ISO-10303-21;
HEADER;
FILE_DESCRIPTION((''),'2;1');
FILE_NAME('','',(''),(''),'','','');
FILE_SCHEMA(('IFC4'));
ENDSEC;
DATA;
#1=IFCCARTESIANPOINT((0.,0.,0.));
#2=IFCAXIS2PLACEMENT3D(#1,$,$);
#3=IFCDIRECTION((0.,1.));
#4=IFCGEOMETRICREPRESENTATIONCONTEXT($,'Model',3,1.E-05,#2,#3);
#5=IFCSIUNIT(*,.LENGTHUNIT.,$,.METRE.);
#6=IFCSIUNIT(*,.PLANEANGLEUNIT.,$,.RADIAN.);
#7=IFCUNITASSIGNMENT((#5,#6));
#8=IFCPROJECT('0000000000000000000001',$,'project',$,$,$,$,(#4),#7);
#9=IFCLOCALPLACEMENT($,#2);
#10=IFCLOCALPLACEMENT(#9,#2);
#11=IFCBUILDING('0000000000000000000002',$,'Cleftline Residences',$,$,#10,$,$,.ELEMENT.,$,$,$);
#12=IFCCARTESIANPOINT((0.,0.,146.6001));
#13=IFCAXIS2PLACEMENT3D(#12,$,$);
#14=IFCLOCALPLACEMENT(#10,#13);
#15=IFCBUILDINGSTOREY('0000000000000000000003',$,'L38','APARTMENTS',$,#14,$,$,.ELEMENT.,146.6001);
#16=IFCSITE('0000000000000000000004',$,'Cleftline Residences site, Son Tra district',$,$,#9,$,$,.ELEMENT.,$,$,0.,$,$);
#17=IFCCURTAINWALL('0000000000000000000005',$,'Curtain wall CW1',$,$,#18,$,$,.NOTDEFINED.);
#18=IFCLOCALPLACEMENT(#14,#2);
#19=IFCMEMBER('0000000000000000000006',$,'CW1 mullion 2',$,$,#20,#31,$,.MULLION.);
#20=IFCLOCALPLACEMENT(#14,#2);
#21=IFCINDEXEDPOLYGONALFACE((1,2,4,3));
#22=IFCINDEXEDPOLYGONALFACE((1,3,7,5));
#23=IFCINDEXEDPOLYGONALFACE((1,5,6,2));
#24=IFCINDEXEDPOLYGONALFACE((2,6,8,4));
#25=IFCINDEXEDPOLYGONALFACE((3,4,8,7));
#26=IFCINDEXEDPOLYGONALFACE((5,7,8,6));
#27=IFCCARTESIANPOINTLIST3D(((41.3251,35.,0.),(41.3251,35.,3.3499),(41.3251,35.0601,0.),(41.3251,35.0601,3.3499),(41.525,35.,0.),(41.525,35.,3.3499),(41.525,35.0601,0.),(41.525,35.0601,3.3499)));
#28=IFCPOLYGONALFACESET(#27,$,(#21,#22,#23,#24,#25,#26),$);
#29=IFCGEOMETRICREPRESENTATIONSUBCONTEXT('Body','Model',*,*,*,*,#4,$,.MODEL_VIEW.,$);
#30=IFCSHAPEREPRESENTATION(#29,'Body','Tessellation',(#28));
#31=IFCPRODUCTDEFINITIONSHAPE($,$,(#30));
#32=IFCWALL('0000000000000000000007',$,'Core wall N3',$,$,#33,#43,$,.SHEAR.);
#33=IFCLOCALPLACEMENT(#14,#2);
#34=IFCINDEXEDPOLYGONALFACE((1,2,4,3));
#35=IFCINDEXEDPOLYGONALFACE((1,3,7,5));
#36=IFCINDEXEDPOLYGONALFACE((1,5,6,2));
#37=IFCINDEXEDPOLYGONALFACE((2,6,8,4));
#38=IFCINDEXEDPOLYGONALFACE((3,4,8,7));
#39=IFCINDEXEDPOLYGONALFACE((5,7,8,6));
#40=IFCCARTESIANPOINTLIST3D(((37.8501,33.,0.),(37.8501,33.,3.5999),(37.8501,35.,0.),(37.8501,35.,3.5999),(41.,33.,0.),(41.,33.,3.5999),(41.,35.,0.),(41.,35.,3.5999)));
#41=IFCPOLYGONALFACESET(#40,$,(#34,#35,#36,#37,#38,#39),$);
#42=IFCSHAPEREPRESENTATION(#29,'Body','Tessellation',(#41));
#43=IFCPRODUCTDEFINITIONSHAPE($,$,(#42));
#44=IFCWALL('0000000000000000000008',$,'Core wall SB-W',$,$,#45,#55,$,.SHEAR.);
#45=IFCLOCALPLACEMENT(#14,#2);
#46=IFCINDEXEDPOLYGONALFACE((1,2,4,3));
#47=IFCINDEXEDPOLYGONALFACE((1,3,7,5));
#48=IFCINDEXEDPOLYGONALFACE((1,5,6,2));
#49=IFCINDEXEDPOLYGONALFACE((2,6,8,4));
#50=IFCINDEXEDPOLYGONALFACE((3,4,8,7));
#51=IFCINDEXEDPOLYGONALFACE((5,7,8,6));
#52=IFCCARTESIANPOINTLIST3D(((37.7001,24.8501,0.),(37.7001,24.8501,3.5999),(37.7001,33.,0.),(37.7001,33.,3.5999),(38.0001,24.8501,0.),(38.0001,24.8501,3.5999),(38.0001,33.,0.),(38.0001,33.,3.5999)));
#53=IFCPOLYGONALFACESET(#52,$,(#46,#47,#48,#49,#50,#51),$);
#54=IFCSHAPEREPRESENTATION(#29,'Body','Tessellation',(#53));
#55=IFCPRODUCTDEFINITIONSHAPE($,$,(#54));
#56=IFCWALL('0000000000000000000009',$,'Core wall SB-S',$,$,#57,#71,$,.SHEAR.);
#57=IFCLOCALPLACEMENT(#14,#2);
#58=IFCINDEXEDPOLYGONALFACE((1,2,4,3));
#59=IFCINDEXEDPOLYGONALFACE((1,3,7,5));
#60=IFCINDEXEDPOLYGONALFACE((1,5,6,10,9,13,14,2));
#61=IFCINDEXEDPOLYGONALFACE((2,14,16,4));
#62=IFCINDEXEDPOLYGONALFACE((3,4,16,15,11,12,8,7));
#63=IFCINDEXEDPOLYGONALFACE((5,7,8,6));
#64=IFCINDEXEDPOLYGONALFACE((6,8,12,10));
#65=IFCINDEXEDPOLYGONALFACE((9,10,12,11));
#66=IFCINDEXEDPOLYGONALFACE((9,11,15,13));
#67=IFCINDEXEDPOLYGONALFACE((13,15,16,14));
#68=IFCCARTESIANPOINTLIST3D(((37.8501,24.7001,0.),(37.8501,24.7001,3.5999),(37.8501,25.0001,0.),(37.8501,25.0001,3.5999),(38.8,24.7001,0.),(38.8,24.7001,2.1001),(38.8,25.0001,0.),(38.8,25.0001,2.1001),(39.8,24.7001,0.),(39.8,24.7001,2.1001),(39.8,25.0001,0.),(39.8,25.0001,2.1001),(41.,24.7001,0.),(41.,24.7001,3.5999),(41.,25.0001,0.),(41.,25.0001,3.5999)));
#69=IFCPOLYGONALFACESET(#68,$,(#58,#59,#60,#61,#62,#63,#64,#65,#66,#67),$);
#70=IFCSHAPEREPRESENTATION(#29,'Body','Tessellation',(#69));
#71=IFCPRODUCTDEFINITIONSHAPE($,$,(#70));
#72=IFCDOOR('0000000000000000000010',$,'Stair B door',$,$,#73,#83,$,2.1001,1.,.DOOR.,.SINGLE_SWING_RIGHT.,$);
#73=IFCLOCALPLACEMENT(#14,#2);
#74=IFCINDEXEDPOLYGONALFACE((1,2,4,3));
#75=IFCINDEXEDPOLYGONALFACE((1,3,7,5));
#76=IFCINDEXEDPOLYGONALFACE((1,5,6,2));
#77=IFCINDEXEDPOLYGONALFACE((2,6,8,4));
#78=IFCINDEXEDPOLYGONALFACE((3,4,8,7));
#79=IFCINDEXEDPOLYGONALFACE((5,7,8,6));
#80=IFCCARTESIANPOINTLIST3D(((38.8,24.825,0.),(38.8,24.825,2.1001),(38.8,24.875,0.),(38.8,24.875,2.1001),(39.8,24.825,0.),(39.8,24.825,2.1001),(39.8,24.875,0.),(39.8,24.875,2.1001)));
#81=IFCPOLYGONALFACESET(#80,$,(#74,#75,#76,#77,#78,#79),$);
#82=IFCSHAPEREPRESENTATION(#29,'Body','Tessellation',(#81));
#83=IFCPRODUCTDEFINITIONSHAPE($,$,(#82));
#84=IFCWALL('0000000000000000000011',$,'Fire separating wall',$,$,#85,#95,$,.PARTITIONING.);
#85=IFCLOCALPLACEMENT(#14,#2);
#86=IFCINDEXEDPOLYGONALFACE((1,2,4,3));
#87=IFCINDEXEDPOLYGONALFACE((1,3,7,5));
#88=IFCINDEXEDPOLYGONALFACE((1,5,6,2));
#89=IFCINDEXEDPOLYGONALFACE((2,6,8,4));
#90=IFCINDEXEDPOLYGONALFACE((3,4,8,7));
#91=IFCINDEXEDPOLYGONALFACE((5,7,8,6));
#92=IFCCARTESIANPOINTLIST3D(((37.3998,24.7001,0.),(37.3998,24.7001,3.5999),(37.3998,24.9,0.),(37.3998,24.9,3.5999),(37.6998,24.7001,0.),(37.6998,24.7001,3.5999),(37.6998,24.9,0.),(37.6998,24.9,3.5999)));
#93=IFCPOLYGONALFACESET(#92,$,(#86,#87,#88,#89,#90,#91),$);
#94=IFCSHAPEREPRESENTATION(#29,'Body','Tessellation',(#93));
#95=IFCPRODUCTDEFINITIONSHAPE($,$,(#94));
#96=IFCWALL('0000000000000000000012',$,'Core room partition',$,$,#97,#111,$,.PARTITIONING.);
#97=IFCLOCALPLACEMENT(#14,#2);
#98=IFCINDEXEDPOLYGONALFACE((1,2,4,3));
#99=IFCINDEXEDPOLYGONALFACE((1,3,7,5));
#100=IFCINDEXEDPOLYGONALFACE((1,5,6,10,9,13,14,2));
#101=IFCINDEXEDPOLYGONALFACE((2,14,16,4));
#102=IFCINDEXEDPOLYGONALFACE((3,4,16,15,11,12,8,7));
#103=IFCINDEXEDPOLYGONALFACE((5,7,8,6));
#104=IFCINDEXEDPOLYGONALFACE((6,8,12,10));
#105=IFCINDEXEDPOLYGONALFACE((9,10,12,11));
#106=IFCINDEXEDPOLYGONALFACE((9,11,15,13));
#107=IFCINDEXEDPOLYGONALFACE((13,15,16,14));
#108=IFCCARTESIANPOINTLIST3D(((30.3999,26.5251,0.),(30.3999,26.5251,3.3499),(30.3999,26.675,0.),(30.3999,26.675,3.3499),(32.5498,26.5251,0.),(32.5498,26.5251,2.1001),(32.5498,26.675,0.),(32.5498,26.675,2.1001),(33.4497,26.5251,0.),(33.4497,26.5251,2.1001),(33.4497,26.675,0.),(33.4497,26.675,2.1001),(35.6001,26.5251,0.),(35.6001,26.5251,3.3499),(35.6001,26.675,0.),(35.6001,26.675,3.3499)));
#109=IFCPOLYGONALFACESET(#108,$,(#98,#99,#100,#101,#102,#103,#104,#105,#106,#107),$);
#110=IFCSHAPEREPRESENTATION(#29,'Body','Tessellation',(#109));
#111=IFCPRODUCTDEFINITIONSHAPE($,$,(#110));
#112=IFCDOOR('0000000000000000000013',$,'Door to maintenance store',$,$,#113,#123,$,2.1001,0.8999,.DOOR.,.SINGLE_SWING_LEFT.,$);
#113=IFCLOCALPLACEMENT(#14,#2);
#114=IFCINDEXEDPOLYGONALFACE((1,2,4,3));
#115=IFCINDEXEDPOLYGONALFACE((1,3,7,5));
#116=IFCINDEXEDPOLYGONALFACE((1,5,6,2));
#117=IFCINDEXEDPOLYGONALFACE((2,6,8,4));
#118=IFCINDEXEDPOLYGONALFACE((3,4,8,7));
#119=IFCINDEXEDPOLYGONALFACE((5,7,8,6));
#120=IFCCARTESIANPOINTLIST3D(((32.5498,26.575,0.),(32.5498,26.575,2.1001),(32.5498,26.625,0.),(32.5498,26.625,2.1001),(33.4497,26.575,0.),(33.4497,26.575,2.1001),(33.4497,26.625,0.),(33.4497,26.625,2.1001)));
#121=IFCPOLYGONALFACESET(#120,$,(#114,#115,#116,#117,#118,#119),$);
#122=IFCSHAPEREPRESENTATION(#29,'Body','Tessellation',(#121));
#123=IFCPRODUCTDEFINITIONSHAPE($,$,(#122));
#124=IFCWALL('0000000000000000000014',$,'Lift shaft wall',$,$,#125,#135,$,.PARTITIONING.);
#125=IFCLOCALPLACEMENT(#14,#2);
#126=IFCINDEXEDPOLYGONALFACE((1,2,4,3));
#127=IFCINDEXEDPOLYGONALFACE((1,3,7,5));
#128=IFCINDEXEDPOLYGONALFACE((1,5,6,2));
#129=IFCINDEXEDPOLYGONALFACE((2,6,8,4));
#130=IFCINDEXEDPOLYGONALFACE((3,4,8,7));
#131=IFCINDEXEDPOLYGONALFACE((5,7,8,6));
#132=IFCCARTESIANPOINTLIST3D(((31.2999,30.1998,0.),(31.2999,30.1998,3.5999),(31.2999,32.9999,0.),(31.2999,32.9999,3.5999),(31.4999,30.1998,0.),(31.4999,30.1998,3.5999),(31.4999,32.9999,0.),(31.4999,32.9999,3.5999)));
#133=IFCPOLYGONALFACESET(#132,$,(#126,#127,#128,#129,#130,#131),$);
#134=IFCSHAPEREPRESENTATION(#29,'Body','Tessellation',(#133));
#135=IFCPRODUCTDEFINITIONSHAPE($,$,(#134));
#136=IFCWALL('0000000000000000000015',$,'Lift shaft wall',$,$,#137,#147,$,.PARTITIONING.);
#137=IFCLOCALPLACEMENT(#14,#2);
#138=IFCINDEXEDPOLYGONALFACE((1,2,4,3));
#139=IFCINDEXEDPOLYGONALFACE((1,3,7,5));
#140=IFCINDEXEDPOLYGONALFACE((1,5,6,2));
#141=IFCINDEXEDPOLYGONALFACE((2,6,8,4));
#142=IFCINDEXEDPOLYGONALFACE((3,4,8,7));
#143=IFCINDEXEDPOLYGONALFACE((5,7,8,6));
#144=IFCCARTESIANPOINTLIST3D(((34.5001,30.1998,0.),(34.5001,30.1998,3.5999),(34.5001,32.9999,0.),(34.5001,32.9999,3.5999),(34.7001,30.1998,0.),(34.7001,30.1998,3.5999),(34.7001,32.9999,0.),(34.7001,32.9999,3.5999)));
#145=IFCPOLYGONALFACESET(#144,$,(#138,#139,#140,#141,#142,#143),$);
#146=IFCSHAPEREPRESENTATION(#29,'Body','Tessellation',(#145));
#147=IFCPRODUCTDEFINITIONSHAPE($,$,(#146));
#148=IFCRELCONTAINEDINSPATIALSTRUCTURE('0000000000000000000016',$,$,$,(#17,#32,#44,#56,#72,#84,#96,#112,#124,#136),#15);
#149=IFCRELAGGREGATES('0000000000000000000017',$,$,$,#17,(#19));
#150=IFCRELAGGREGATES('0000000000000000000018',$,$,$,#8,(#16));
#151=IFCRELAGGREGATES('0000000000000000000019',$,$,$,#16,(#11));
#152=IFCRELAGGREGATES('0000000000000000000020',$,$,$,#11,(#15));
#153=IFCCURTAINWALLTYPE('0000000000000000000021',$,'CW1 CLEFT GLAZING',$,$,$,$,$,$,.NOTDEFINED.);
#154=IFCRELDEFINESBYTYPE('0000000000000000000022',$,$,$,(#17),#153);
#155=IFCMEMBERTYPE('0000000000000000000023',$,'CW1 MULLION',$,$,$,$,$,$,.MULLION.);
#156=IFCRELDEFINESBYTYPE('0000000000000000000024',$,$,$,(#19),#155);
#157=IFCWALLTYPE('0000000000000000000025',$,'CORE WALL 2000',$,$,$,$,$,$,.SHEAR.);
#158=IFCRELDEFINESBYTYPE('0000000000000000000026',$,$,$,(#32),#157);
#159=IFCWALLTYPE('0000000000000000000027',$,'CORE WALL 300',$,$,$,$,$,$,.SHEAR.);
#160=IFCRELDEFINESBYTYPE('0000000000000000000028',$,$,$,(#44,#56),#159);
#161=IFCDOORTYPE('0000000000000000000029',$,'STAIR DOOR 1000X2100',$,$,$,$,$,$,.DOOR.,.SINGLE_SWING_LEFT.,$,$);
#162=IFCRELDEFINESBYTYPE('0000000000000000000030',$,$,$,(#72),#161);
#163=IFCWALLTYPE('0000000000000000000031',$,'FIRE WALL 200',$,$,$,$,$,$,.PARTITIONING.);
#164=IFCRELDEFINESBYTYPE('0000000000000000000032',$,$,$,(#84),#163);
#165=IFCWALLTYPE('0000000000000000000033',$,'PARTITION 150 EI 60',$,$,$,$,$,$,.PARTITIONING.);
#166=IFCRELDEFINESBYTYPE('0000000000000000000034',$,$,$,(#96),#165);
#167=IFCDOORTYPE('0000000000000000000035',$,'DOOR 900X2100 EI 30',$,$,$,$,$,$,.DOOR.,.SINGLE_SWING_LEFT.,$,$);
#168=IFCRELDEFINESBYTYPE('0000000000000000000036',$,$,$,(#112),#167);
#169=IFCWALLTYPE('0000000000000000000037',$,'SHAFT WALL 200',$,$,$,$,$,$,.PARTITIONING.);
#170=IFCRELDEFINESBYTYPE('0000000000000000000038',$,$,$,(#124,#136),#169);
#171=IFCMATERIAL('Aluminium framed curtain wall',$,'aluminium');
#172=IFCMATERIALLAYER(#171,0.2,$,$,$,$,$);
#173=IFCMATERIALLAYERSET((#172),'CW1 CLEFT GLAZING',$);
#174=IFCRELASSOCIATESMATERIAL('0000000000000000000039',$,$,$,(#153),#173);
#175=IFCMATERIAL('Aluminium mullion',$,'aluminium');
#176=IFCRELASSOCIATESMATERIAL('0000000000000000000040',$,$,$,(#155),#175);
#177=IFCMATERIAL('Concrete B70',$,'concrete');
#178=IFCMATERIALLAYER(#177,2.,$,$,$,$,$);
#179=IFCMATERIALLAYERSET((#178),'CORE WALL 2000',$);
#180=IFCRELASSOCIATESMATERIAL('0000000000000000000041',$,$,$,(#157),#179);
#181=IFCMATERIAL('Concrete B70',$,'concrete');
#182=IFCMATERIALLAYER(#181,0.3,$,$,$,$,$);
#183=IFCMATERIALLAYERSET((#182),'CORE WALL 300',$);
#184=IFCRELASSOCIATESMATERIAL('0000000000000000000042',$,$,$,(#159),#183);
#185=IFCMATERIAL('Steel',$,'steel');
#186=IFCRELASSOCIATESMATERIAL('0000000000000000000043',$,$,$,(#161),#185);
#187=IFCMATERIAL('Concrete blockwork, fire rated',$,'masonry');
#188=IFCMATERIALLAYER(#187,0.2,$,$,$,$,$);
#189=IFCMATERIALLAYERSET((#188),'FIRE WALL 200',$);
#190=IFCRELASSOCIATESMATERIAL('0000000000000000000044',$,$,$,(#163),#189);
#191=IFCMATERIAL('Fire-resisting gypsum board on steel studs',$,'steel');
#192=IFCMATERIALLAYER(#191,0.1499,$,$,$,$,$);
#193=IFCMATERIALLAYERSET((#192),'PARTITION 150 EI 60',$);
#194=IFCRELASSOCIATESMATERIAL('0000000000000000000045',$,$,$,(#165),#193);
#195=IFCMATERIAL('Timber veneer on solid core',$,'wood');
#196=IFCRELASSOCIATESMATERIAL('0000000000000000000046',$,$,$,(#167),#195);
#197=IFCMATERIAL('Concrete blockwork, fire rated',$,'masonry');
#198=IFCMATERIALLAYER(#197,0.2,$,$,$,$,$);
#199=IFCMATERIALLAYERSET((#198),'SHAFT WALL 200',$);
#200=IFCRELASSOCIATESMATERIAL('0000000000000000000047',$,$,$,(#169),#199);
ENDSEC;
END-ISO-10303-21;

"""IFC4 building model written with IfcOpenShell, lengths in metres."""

from ifc_helpers import new_model, si_unit, direction, frame, frame_2d, origin, origin_2d, place, context, subcontext, project, spatial, rectangle, extrude, material, layer, layer_set, material_profile, profile_set, type_object, element, fill, aggregate, save


model = new_model("IFC4")

# Units and contexts
model_context = context("Model", 3, precision=1e-05, world=origin(), true_north=direction((0.0, 1.0)))
body_context = subcontext(model_context, "Body", "Model", "MODEL_VIEW")
ifc_project = project(units=[si_unit("LENGTHUNIT", "METRE"), si_unit("PLANEANGLEUNIT", "RADIAN")], contexts=[model_context])

# Site, building, storey
site_placement = place(None, origin())
site = spatial("IfcSite", under=ifc_project, at=site_placement, Name="Cleftline Residences site, Son Tra district", CompositionType="ELEMENT", RefElevation=0.0)
building_placement = place(site_placement, origin())
building = spatial("IfcBuilding", under=site, at=building_placement, Name="Cleftline Residences", CompositionType="ELEMENT")
storey_placement = place(building_placement, frame((0.0, 0.0, 146.6001)))
storey = spatial("IfcBuildingStorey", under=building, at=storey_placement, Name="L38", Description="APARTMENTS", CompositionType="ELEMENT", Elevation=146.6001)

# Curtain wall, member
ifc_material_1 = material(Name="Aluminium framed curtain wall", Category="aluminium")
ifc_layer_1 = layer(ifc_material_1, 0.2)
ifc_layer_set_1 = layer_set([ifc_layer_1], Name="CW1 CLEFT GLAZING")
curtain_wall_type = type_object("IfcCurtainWallType", Name="CW1 CLEFT GLAZING", PredefinedType="NOTDEFINED", material=ifc_layer_set_1)
curtain_wall_placement = place(storey_placement, origin())
curtain_wall = element("IfcCurtainWall", 1, at=curtain_wall_placement, inside=storey, type_object=curtain_wall_type, Name="Curtain wall CW1", PredefinedType="NOTDEFINED")
ifc_material_2 = material(Name="Aluminium mullion", Category="aluminium")
ifc_material_profile = material_profile(ifc_material_2, rectangle(XDim=0.2, YDim=0.0601, at=origin_2d()))
ifc_profile_set = profile_set([ifc_material_profile], Name="Aluminium mullion")
member_type = type_object("IfcMemberType", Name="CW1 MULLION", PredefinedType="MULLION", material=ifc_profile_set)
member_placement = place(storey_placement, frame((41.425, 35.03, 0.0), z_axis=(0.0, 0.0, 1.0), x_axis=(1.0, 0.0, 0.0)))
member = element("IfcMember", 2, at=member_placement, type_object=member_type, Name="CW1 mullion 2", PredefinedType="MULLION", context=body_context, shape_type="SweptSolid", body=[
    extrude(rectangle(XDim=0.2, YDim=0.0601, at=origin_2d()), origin(), (0.0, 0.0, 1.0), 3.3499),
])
aggregate(curtain_wall, [member])

# Walls
ifc_material_3 = material(Name="Concrete B70", Category="concrete")
ifc_layer_2 = layer(ifc_material_3, 2.0)
ifc_layer_set_2 = layer_set([ifc_layer_2], Name="CORE WALL 2000")
wall_type_1 = type_object("IfcWallType", Name="CORE WALL 2000", PredefinedType="SHEAR", material=ifc_layer_set_2)
wall_1_placement = place(storey_placement, frame((37.8501, 34.0, 0.0), z_axis=(0.0, 0.0, 1.0), x_axis=(1.0, 0.0, 0.0)))
element("IfcWall", 3, at=wall_1_placement, inside=storey, type_object=wall_type_1, Name="Core wall N3", PredefinedType="SHEAR", context=body_context, shape_type="SweptSolid", body=[
    extrude(rectangle(XDim=3.1499, YDim=2.0, at=frame_2d((1.575, 0.0))), origin(), (0.0, 0.0, 1.0), 3.5999),
])
ifc_material_4 = material(Name="Concrete B70", Category="concrete")
ifc_layer_3 = layer(ifc_material_4, 0.3)
ifc_layer_set_3 = layer_set([ifc_layer_3], Name="CORE WALL 300")
wall_type_2 = type_object("IfcWallType", Name="CORE WALL 300", PredefinedType="SHEAR", material=ifc_layer_set_3)
wall_2_placement = place(storey_placement, frame((37.8501, 24.8501, 0.0), z_axis=(0.0, 0.0, 1.0), x_axis=(0.0, 1.0, 0.0)))
element("IfcWall", 4, at=wall_2_placement, inside=storey, type_object=wall_type_2, Name="Core wall SB-W", PredefinedType="SHEAR", context=body_context, shape_type="SweptSolid", body=[
    extrude(rectangle(XDim=8.1499, YDim=0.3, at=frame_2d((4.075, 0.0))), origin(), (0.0, 0.0, 1.0), 3.5999),
])

# Wall, opening, door
wall_3_placement = place(storey_placement, frame((37.8501, 24.8501, 0.0), z_axis=(0.0, 0.0, 1.0), x_axis=(1.0, 0.0, 0.0)))
wall_3 = element("IfcWall", 5, at=wall_3_placement, inside=storey, type_object=wall_type_2, Name="Core wall SB-S", PredefinedType="SHEAR", context=body_context, shape_type="SweptSolid", body=[
    extrude(rectangle(XDim=3.1499, YDim=0.3, at=frame_2d((1.575, 0.0))), origin(), (0.0, 0.0, 1.0), 3.5999),
])
opening_1_placement = place(wall_3_placement, frame((0.95, 0.0, 0.0)))
opening_1 = element("IfcOpeningElement", 6, at=opening_1_placement, cuts=wall_3, PredefinedType="OPENING", context=body_context, shape_type="SweptSolid", body=[
    extrude(rectangle(XDim=1.0, YDim=2.1001, at=frame_2d((0.5, 1.05))), frame((0.0, 0.1599, 0.0), z_axis=(0.0, -1.0, 0.0), x_axis=(1.0, 0.0, 0.0)), (0.0, 0.0, 1.0), 0.3201),
])
ifc_material_5 = material(Name="Steel", Category="steel")
door_type_1 = type_object("IfcDoorType", Name="STAIR DOOR 1000X2100", OperationType="SINGLE_SWING_LEFT", PredefinedType="DOOR", material=ifc_material_5)
door_1_placement = place(opening_1_placement, origin())
door_1 = element("IfcDoor", 7, at=door_1_placement, inside=storey, type_object=door_type_1, Name="Stair B door", OperationType="SINGLE_SWING_RIGHT", OverallHeight=2.1001, OverallWidth=1.0, PredefinedType="DOOR", context=body_context, shape_type="SweptSolid", body=[
    extrude(rectangle(XDim=1.0, YDim=2.1001, at=frame_2d((0.5, 1.05))), frame((0.0, 0.0249, 0.0), z_axis=(0.0, -1.0, 0.0), x_axis=(1.0, 0.0, 0.0)), (0.0, 0.0, 1.0), 0.05),
])
fill(opening_1, door_1)

# Wall
ifc_material_6 = material(Name="Concrete blockwork, fire rated", Category="masonry")
ifc_layer_4 = layer(ifc_material_6, 0.2)
ifc_layer_set_4 = layer_set([ifc_layer_4], Name="FIRE WALL 200")
wall_type_3 = type_object("IfcWallType", Name="FIRE WALL 200", PredefinedType="PARTITIONING", material=ifc_layer_set_4)
wall_4_placement = place(storey_placement, frame((37.3999, 24.8, 0.0), z_axis=(0.0, 0.0, 1.0), x_axis=(1.0, 0.0, 0.0)))
element("IfcWall", 8, at=wall_4_placement, inside=storey, type_object=wall_type_3, Name="Fire separating wall", PredefinedType="PARTITIONING", context=body_context, shape_type="SweptSolid", body=[
    extrude(rectangle(XDim=0.3, YDim=0.2, at=frame_2d((0.1499, 0.0))), origin(), (0.0, 0.0, 1.0), 3.5999),
])

# Wall, opening, door
ifc_material_7 = material(Name="Fire-resisting gypsum board on steel studs", Category="steel")
ifc_layer_5 = layer(ifc_material_7, 0.1499)
ifc_layer_set_5 = layer_set([ifc_layer_5], Name="PARTITION 150 EI 60")
wall_type_4 = type_object("IfcWallType", Name="PARTITION 150 EI 60", PredefinedType="PARTITIONING", material=ifc_layer_set_5)
wall_5_placement = place(storey_placement, frame((30.3999, 26.6001, 0.0), z_axis=(0.0, 0.0, 1.0), x_axis=(1.0, 0.0, 0.0)))
wall_5 = element("IfcWall", 9, at=wall_5_placement, inside=storey, type_object=wall_type_4, Name="Core room partition", PredefinedType="PARTITIONING", context=body_context, shape_type="SweptSolid", body=[
    extrude(rectangle(XDim=5.2002, YDim=0.1499, at=frame_2d((2.6001, 0.0))), origin(), (0.0, 0.0, 1.0), 3.3499),
])
opening_2_placement = place(wall_5_placement, frame((2.1499, 0.0, 0.0)))
opening_2 = element("IfcOpeningElement", 10, at=opening_2_placement, cuts=wall_5, PredefinedType="OPENING", context=body_context, shape_type="SweptSolid", body=[
    extrude(rectangle(XDim=0.8999, YDim=2.1001, at=frame_2d((0.45, 1.05))), frame((0.0, 0.085, 0.0), z_axis=(0.0, -1.0, 0.0), x_axis=(1.0, 0.0, 0.0)), (0.0, 0.0, 1.0), 0.1699),
])
ifc_material_8 = material(Name="Timber veneer on solid core", Category="wood")
door_type_2 = type_object("IfcDoorType", Name="DOOR 900X2100 EI 30", OperationType="SINGLE_SWING_LEFT", PredefinedType="DOOR", material=ifc_material_8)
door_2_placement = place(opening_2_placement, origin())
door_2 = element("IfcDoor", 11, at=door_2_placement, inside=storey, type_object=door_type_2, Name="Door to maintenance store", OperationType="SINGLE_SWING_LEFT", OverallHeight=2.1001, OverallWidth=0.8999, PredefinedType="DOOR", context=body_context, shape_type="SweptSolid", body=[
    extrude(rectangle(XDim=0.8999, YDim=2.1001, at=frame_2d((0.45, 1.05))), frame((0.0, 0.0249, 0.0), z_axis=(0.0, -1.0, 0.0), x_axis=(1.0, 0.0, 0.0)), (0.0, 0.0, 1.0), 0.05),
])
fill(opening_2, door_2)

# Walls
ifc_material_9 = material(Name="Concrete blockwork, fire rated", Category="masonry")
ifc_layer_6 = layer(ifc_material_9, 0.2)
ifc_layer_set_6 = layer_set([ifc_layer_6], Name="SHAFT WALL 200")
wall_type_5 = type_object("IfcWallType", Name="SHAFT WALL 200", PredefinedType="PARTITIONING", material=ifc_layer_set_6)
for number, where, z_axis, x_axis, name in (
    (12, (31.3999, 30.2, 0.0), (0.0, 0.0, 1.0), (0.0, 1.0, 0.0), "Lift shaft wall"),
    (13, (34.6001, 30.2, 0.0), (0.0, 0.0, 1.0), (0.0, 1.0, 0.0), "Lift shaft wall"),
):
    element("IfcWall", number, at=place(storey_placement, frame(where, z_axis=z_axis, x_axis=x_axis)), inside=storey, type_object=wall_type_5, Name=name, PredefinedType="PARTITIONING", context=body_context, shape_type="SweptSolid", body=[
        extrude(rectangle(XDim=2.8, YDim=0.2, at=frame_2d((1.3999, 0.0))), origin(), (0.0, 0.0, 1.0), 3.5999),
    ])

save(model, "model.ifc")
